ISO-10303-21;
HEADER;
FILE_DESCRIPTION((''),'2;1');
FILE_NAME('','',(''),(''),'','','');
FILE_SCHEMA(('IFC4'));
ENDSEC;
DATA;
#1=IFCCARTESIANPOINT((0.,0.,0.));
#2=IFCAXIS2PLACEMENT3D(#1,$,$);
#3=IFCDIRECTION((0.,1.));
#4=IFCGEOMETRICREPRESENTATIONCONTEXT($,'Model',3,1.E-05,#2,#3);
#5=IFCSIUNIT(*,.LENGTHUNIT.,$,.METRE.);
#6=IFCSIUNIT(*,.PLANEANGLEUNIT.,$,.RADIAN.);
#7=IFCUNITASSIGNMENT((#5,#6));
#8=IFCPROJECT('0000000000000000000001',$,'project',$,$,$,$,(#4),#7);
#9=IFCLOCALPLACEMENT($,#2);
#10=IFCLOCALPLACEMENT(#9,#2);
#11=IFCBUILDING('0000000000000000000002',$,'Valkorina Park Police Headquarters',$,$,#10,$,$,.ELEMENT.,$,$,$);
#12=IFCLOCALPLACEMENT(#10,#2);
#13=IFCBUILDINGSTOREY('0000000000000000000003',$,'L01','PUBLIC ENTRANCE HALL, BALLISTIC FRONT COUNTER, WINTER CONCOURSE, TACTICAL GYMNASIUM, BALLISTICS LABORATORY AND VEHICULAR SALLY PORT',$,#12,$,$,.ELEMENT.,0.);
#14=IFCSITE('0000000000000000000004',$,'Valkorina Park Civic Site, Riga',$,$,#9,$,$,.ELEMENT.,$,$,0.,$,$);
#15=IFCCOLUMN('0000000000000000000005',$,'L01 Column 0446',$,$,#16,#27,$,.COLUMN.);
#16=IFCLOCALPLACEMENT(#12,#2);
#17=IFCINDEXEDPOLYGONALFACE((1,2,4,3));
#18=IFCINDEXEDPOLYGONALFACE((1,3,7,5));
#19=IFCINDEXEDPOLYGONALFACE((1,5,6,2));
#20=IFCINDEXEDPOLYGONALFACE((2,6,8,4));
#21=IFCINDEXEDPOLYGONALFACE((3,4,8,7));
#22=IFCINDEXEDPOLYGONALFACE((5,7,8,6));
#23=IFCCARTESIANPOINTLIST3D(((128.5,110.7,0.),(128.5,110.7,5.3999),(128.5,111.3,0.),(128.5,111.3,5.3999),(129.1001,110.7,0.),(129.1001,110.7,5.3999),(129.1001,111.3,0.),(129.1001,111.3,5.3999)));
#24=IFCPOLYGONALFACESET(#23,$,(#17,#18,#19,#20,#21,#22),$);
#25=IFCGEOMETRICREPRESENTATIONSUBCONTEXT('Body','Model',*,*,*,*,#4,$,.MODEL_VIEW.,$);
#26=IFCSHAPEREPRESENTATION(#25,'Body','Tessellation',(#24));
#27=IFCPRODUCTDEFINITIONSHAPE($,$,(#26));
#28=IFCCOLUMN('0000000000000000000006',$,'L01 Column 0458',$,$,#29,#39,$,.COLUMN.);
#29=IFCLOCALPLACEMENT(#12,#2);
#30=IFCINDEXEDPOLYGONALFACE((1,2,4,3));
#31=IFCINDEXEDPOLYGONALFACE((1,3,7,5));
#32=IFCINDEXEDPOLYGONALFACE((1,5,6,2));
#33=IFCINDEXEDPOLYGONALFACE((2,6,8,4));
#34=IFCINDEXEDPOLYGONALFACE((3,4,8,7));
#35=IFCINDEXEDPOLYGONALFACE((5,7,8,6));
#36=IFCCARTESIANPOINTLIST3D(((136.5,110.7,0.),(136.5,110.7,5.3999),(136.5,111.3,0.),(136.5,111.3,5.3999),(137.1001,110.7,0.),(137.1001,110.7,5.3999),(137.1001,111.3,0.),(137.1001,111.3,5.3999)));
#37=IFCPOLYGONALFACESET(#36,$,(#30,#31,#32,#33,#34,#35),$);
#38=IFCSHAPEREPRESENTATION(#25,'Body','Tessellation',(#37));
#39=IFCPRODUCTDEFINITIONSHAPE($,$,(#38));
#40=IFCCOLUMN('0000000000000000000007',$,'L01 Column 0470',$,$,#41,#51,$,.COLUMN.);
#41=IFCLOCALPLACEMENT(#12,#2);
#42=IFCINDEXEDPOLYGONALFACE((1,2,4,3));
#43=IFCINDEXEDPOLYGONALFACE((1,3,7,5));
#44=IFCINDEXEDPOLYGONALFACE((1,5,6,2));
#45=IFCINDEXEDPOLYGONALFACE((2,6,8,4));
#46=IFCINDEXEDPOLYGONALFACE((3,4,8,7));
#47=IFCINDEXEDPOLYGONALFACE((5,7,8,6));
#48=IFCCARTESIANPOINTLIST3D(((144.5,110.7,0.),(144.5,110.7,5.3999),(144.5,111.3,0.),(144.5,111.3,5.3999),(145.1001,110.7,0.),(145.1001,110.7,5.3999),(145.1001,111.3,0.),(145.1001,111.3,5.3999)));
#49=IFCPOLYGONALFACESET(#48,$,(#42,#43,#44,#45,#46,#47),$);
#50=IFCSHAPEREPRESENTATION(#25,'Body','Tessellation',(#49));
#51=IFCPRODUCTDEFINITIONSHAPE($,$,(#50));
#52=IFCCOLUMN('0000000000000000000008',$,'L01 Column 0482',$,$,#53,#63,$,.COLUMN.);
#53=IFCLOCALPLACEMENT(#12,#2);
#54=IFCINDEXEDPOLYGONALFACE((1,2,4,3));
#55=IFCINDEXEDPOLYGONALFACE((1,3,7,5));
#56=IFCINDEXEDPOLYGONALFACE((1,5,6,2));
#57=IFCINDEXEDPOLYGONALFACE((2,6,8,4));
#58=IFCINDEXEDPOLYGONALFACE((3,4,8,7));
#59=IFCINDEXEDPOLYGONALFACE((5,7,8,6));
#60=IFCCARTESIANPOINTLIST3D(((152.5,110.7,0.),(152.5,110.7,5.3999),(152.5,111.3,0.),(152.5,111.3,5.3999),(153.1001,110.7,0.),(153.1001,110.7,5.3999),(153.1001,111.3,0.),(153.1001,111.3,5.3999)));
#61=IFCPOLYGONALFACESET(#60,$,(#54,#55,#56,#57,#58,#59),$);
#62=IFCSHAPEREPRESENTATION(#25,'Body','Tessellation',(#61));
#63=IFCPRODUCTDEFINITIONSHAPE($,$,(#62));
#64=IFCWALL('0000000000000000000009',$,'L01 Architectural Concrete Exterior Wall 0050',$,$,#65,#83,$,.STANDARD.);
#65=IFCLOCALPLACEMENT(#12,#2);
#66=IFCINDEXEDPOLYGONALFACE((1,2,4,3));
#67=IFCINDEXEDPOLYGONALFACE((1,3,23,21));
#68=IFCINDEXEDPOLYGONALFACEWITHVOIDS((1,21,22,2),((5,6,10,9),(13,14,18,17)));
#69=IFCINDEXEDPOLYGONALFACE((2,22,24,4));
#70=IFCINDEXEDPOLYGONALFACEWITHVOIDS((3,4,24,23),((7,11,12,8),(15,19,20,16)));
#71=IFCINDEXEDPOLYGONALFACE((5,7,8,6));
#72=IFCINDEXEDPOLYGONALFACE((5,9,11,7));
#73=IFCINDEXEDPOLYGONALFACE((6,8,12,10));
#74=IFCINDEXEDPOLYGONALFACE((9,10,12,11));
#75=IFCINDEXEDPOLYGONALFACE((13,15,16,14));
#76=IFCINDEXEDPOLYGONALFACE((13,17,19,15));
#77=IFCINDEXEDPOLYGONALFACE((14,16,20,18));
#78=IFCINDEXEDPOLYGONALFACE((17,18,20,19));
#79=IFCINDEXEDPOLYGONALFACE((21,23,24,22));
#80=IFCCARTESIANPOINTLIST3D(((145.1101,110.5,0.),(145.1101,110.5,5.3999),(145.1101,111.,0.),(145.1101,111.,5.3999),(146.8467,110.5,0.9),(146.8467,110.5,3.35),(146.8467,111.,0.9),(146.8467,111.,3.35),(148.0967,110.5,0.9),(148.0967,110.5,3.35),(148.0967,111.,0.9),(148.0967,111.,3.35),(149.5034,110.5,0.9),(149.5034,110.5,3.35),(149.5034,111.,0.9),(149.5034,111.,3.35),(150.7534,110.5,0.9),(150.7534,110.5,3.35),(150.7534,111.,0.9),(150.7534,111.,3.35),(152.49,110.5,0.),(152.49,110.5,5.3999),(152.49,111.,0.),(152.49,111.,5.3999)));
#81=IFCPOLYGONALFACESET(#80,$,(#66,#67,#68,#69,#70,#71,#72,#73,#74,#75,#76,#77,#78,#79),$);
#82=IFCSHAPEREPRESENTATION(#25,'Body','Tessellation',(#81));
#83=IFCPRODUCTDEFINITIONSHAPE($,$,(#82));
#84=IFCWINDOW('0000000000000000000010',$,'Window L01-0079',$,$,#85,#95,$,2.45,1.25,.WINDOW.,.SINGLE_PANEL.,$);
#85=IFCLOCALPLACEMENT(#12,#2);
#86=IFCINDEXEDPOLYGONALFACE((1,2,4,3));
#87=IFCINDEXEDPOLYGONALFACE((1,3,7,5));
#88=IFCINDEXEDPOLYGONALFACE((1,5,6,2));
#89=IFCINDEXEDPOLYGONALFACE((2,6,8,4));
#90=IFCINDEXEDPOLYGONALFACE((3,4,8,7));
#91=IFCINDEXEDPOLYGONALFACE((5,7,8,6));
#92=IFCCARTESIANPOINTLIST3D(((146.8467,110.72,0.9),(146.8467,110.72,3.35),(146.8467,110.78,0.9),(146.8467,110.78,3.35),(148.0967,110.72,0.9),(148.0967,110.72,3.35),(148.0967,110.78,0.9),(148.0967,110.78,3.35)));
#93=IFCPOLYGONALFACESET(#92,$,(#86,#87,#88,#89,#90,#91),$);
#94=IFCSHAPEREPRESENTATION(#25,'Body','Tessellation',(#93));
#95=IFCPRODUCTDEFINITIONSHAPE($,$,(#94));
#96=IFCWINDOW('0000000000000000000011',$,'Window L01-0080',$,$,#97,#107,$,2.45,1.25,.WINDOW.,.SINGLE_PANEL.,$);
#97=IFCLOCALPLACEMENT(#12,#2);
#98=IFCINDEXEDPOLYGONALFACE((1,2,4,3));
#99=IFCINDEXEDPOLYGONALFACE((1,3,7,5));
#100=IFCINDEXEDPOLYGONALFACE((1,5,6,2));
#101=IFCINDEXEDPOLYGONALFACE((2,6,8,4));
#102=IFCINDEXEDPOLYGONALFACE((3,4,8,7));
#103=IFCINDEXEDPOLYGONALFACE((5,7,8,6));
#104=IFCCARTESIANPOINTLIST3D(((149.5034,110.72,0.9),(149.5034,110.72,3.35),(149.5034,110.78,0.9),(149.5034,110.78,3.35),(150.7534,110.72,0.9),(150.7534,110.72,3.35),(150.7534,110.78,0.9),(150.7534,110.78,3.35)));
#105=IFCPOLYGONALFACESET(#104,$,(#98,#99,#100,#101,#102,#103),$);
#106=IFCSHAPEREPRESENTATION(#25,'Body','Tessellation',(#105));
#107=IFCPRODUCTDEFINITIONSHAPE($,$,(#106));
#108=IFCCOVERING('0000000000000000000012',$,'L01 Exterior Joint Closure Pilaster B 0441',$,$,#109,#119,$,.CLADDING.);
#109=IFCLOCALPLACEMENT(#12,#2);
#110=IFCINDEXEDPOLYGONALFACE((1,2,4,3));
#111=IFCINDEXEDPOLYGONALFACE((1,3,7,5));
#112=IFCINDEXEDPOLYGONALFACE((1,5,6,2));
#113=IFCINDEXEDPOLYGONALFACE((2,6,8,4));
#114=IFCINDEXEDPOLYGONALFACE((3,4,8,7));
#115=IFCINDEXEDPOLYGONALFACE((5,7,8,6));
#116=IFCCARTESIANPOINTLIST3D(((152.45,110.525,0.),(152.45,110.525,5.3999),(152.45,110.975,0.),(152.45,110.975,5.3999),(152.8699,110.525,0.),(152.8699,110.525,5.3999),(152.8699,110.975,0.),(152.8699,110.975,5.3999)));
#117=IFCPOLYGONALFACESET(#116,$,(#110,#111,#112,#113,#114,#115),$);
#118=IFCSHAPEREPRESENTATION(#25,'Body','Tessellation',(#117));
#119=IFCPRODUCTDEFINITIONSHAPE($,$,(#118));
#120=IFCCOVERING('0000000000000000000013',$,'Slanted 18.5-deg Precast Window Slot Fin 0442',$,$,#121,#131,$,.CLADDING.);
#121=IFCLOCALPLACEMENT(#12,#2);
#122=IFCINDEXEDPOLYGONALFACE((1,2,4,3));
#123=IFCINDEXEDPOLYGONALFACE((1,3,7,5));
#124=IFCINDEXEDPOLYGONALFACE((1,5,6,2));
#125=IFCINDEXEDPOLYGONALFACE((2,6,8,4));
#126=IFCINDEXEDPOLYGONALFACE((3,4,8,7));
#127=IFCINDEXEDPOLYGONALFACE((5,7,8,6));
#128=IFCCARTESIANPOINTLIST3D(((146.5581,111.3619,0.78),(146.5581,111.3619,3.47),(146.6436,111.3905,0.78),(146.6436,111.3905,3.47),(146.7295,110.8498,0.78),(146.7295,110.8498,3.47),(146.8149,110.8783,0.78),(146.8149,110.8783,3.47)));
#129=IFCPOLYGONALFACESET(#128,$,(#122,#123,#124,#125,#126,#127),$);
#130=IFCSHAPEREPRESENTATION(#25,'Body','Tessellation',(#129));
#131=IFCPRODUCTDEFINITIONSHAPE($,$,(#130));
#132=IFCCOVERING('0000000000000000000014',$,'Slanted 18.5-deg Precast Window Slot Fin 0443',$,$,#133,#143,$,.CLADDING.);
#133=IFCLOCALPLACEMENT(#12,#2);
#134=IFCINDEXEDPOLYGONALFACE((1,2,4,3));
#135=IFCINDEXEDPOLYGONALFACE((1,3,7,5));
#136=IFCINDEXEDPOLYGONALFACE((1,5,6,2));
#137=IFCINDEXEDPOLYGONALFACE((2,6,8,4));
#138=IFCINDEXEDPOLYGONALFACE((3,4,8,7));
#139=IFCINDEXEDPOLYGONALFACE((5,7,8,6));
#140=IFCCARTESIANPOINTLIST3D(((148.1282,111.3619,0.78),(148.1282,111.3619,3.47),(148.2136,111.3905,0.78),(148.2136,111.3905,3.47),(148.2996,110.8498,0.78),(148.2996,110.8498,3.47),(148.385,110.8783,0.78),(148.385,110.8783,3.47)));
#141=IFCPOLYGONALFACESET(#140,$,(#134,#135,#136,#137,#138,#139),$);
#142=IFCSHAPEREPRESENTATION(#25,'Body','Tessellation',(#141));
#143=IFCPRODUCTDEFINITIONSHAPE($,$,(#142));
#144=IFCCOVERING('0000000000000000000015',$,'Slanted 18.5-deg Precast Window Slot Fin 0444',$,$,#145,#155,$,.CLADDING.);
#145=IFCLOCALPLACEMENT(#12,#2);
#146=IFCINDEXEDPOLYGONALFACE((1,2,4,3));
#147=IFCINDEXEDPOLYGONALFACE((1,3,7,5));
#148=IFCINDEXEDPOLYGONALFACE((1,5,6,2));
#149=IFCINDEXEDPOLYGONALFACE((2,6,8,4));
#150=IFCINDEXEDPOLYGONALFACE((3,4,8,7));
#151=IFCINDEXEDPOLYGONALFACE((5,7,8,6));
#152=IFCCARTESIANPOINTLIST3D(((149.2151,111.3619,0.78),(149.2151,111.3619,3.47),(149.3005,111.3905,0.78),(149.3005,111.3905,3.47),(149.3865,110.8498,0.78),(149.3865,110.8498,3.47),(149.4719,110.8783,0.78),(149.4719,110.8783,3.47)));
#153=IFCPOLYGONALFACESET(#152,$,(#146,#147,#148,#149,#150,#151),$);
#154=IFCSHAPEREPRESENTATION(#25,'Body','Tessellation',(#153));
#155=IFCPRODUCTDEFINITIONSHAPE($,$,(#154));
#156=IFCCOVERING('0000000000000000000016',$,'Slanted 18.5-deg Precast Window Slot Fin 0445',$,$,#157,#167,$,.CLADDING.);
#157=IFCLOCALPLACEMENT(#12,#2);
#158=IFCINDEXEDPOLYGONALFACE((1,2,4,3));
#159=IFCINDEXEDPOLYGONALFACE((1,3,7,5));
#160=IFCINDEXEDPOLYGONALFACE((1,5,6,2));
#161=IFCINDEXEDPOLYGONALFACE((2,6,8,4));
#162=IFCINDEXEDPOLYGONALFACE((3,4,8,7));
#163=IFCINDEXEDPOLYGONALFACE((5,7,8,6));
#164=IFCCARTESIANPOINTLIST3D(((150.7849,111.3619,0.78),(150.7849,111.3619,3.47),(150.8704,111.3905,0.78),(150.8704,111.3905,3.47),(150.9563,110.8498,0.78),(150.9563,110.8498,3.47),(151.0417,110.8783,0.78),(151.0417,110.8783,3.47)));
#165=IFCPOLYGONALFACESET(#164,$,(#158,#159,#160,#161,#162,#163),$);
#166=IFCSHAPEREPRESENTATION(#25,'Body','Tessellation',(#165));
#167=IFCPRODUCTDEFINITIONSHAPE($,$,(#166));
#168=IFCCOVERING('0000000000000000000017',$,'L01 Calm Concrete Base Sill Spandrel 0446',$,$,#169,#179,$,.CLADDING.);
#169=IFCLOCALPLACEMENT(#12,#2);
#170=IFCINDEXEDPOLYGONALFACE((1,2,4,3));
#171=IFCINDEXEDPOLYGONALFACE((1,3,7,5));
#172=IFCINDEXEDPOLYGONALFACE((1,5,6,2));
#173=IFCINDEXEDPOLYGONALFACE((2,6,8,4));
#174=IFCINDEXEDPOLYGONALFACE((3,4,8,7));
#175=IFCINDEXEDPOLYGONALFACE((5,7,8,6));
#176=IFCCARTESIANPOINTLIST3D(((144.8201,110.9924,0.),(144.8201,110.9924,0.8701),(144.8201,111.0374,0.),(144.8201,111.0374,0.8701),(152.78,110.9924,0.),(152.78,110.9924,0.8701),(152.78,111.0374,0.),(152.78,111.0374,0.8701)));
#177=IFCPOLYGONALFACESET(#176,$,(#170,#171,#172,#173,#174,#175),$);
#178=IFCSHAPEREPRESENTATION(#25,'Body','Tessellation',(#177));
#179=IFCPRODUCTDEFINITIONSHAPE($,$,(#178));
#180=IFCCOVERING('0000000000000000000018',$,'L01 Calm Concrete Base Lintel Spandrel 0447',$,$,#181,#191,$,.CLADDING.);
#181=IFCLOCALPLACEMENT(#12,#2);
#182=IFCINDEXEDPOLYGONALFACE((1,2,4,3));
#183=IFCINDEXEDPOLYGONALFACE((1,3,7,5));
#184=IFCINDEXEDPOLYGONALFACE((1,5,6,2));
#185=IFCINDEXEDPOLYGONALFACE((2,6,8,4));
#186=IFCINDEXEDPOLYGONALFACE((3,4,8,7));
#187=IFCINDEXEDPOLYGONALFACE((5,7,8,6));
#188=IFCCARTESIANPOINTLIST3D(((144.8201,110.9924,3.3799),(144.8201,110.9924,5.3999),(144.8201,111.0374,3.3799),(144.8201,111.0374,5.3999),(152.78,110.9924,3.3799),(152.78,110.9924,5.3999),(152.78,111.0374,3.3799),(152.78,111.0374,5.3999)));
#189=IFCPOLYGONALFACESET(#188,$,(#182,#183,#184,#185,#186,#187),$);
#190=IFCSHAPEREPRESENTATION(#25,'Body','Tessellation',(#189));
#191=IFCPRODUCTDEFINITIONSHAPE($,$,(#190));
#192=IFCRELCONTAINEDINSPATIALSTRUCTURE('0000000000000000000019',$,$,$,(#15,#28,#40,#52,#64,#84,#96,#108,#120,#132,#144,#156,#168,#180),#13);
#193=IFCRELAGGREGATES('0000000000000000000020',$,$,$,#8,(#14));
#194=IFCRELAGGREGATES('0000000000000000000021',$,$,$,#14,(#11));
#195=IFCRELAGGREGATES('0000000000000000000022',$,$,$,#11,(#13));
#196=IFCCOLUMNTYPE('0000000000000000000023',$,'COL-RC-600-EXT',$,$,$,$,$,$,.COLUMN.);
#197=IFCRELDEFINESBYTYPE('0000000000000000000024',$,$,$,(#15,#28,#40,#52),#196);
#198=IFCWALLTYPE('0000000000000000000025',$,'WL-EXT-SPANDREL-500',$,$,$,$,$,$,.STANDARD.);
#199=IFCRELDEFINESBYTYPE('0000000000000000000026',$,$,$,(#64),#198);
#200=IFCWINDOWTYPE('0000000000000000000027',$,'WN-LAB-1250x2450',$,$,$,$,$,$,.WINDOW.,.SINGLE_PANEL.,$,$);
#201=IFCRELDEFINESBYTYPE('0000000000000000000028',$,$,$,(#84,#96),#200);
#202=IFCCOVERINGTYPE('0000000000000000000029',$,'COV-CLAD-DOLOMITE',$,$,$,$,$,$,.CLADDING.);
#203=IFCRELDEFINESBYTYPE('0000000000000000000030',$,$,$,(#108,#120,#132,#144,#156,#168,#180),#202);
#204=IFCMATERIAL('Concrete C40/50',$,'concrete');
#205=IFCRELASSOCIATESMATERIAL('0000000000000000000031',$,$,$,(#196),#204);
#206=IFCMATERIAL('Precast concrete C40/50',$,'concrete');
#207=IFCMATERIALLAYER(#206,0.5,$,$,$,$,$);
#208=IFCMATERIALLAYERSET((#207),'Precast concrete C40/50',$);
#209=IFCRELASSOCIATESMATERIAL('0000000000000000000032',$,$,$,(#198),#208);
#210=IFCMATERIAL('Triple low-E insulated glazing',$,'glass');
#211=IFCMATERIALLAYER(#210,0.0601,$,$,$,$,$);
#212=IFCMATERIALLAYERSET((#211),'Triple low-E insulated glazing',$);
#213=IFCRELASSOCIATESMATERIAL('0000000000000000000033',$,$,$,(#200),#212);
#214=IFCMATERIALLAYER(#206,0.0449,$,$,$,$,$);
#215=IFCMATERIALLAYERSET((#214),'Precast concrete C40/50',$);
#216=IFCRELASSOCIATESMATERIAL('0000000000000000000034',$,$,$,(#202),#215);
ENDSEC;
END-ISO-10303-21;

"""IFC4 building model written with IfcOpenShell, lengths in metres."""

from ifc_helpers import new_model, si_unit, direction, frame, frame_2d, origin, origin_2d, place, context, subcontext, project, spatial, rectangle, extrude, material, layer, layer_set, material_profile, profile_set, type_object, element, fill, save


model = new_model("IFC4")

# Units and contexts
model_context = context("Model", 3, precision=1e-05, world=origin(), true_north=direction((0.0, 1.0)))
body_context = subcontext(model_context, "Body", "Model", "MODEL_VIEW")
ifc_project = project(units=[si_unit("LENGTHUNIT", "METRE"), si_unit("PLANEANGLEUNIT", "RADIAN")], contexts=[model_context])

# Site, building, storey
site_placement = place(None, origin())
site = spatial("IfcSite", under=ifc_project, at=site_placement, Name="Valkorina Park Civic Site, Riga", CompositionType="ELEMENT", RefElevation=0.0)
building_placement = place(site_placement, origin())
building = spatial("IfcBuilding", under=site, at=building_placement, Name="Valkorina Park Police Headquarters", CompositionType="ELEMENT")
storey_placement = place(building_placement, origin())
storey = spatial("IfcBuildingStorey", under=building, at=storey_placement, Name="L01", Description="PUBLIC ENTRANCE HALL, BALLISTIC FRONT COUNTER, WINTER CONCOURSE, TACTICAL GYMNASIUM, BALLISTICS LABORATORY AND VEHICULAR SALLY PORT", CompositionType="ELEMENT", Elevation=0.0)

# Columns
ifc_material_1 = material(Name="Concrete C40/50", Category="concrete")
ifc_material_profile = material_profile(ifc_material_1, rectangle(XDim=0.6001, YDim=0.6001, at=origin_2d()), Name="RC COL 600x600")
ifc_profile_set = profile_set([ifc_material_profile], Name="Concrete C40/50")
column_type = type_object("IfcColumnType", Name="COL-RC-600-EXT", PredefinedType="COLUMN", material=ifc_profile_set)
for number, where, z_axis, x_axis, name in (
    (1, (128.8, 111.0, 0.0), (0.0, 0.0, 1.0), (1.0, 0.0, 0.0), "L01 Column 0446"),
    (2, (136.8, 111.0, 0.0), (0.0, 0.0, 1.0), (1.0, 0.0, 0.0), "L01 Column 0458"),
    (3, (144.8, 111.0, 0.0), (0.0, 0.0, 1.0), (1.0, 0.0, 0.0), "L01 Column 0470"),
    (4, (152.8, 111.0, 0.0), (0.0, 0.0, 1.0), (1.0, 0.0, 0.0), "L01 Column 0482"),
):
    element("IfcColumn", number, at=place(storey_placement, frame(where, z_axis=z_axis, x_axis=x_axis)), inside=storey, type_object=column_type, Name=name, PredefinedType="COLUMN", context=body_context, shape_type="SweptSolid", body=[
        extrude(rectangle(XDim=0.6001, YDim=0.6001, at=origin_2d()), origin(), (0.0, 0.0, 1.0), 5.3999),
    ])

# Wall, openings, windows
ifc_material_2 = material(Name="Precast concrete C40/50", Category="concrete")
ifc_layer_1 = layer(ifc_material_2, 0.5)
ifc_layer_set_1 = layer_set([ifc_layer_1], Name="Precast concrete C40/50")
wall_type = type_object("IfcWallType", Name="WL-EXT-SPANDREL-500", PredefinedType="STANDARD", material=ifc_layer_set_1)
wall_placement = place(storey_placement, frame((145.1101, 110.75, 0.0), z_axis=(0.0, 0.0, 1.0), x_axis=(1.0, 0.0, 0.0)))
wall = element("IfcWall", 5, at=wall_placement, inside=storey, type_object=wall_type, Name="L01 Architectural Concrete Exterior Wall 0050", PredefinedType="STANDARD", context=body_context, shape_type="SweptSolid", body=[
    extrude(rectangle(XDim=7.3799, YDim=0.5, at=frame_2d((3.6899, 0.0))), origin(), (0.0, 0.0, 1.0), 5.3999),
])
opening_1_placement = place(wall_placement, frame((1.7366, 0.0, 0.8999)))
opening_1 = element("IfcOpeningElement", 6, at=opening_1_placement, cuts=wall, PredefinedType="OPENING", context=body_context, shape_type="SweptSolid", body=[
    extrude(rectangle(XDim=1.25, YDim=2.45, at=frame_2d((0.625, 1.2251))), frame((0.0, 0.26, 0.0), z_axis=(0.0, -1.0, 0.0), x_axis=(1.0, 0.0, 0.0)), (0.0, 0.0, 1.0), 0.52),
])
opening_2_placement = place(wall_placement, frame((4.3933, 0.0, 0.8999)))
opening_2 = element("IfcOpeningElement", 7, at=opening_2_placement, cuts=wall, PredefinedType="OPENING", context=body_context, shape_type="SweptSolid", body=[
    extrude(rectangle(XDim=1.25, YDim=2.45, at=frame_2d((0.625, 1.2251))), frame((0.0, 0.26, 0.0), z_axis=(0.0, -1.0, 0.0), x_axis=(1.0, 0.0, 0.0)), (0.0, 0.0, 1.0), 0.52),
])
ifc_material_3 = material(Name="Triple low-E insulated glazing", Category="glass")
ifc_layer_2 = layer(ifc_material_3, 0.0601)
ifc_layer_set_2 = layer_set([ifc_layer_2], Name="Triple low-E insulated glazing")
window_type = type_object("IfcWindowType", Name="WN-LAB-1250x2450", PartitioningType="SINGLE_PANEL", PredefinedType="WINDOW", material=ifc_layer_set_2)
window_1_placement = place(opening_1_placement, origin())
window_1 = element("IfcWindow", 8, at=window_1_placement, inside=storey, type_object=window_type, Name="Window L01-0079", OverallHeight=2.45, OverallWidth=1.25, PartitioningType="SINGLE_PANEL", PredefinedType="WINDOW", context=body_context, shape_type="SweptSolid", body=[
    extrude(rectangle(XDim=1.25, YDim=2.45, at=frame_2d((0.625, 1.2251))), frame((0.0, 0.03, 0.0), z_axis=(0.0, -1.0, 0.0), x_axis=(1.0, 0.0, 0.0)), (0.0, 0.0, 1.0), 0.0601),
])
fill(opening_1, window_1)
window_2_placement = place(opening_2_placement, origin())
window_2 = element("IfcWindow", 9, at=window_2_placement, inside=storey, type_object=window_type, Name="Window L01-0080", OverallHeight=2.45, OverallWidth=1.25, PartitioningType="SINGLE_PANEL", PredefinedType="WINDOW", context=body_context, shape_type="SweptSolid", body=[
    extrude(rectangle(XDim=1.25, YDim=2.45, at=frame_2d((0.625, 1.2251))), frame((0.0, 0.03, 0.0), z_axis=(0.0, -1.0, 0.0), x_axis=(1.0, 0.0, 0.0)), (0.0, 0.0, 1.0), 0.0601),
])
fill(opening_2, window_2)

# Coverings
ifc_layer_3 = layer(ifc_material_2, 0.0449)
ifc_layer_set_3 = layer_set([ifc_layer_3], Name="Precast concrete C40/50")
covering_type = type_object("IfcCoveringType", Name="COV-CLAD-DOLOMITE", PredefinedType="CLADDING", material=ifc_layer_set_3)
covering_1_placement = place(storey_placement, frame((152.6599, 110.75, 0.0), z_axis=(0.0, 0.0, 1.0), x_axis=(1.0, 0.0, 0.0)))
element("IfcCovering", 10, at=covering_1_placement, inside=storey, type_object=covering_type, Name="L01 Exterior Joint Closure Pilaster B 0441", PredefinedType="CLADDING", context=body_context, shape_type="SweptSolid", body=[
    extrude(rectangle(XDim=0.4199, YDim=0.45, at=origin_2d()), origin(), (0.0, 0.0, 1.0), 5.3999),
])
for number, where, z_axis, x_axis, name in (
    (11, (146.6865, 111.1201, 0.78), (0.0, 0.0, 1.0), (-0.317305, 0.948324, 0.0), "Slanted 18.5-deg Precast Window Slot Fin 0442"),
    (12, (148.2566, 111.1201, 0.78), (0.0, 0.0, 1.0), (-0.317305, 0.948324, 0.0), "Slanted 18.5-deg Precast Window Slot Fin 0443"),
    (13, (149.3435, 111.1201, 0.78), (0.0, 0.0, 1.0), (-0.317305, 0.948324, 0.0), "Slanted 18.5-deg Precast Window Slot Fin 0444"),
    (14, (150.9133, 111.1201, 0.78), (0.0, 0.0, 1.0), (-0.317305, 0.948324, 0.0), "Slanted 18.5-deg Precast Window Slot Fin 0445"),
):
    element("IfcCovering", number, at=place(storey_placement, frame(where, z_axis=z_axis, x_axis=x_axis)), inside=storey, type_object=covering_type, Name=name, PredefinedType="CLADDING", context=body_context, shape_type="SweptSolid", body=[
        extrude(rectangle(XDim=0.54, YDim=0.0901, at=origin_2d()), origin(), (0.0, 0.0, 1.0), 2.6899),
    ])
covering_2_placement = place(storey_placement, frame((144.8201, 111.0149, 0.0), z_axis=(0.0, 0.0, 1.0), x_axis=(1.0, 0.0, 0.0)))
element("IfcCovering", 15, at=covering_2_placement, inside=storey, type_object=covering_type, Name="L01 Calm Concrete Base Sill Spandrel 0446", PredefinedType="CLADDING", context=body_context, shape_type="SweptSolid", body=[
    extrude(rectangle(XDim=7.96, YDim=0.0449, at=frame_2d((3.98, 0.0))), origin(), (0.0, 0.0, 1.0), 0.8701),
])
covering_3_placement = place(storey_placement, frame((144.8201, 111.0149, 3.3799), z_axis=(0.0, 0.0, 1.0), x_axis=(1.0, 0.0, 0.0)))
element("IfcCovering", 16, at=covering_3_placement, inside=storey, type_object=covering_type, Name="L01 Calm Concrete Base Lintel Spandrel 0447", PredefinedType="CLADDING", context=body_context, shape_type="SweptSolid", body=[
    extrude(rectangle(XDim=7.96, YDim=0.0449, at=frame_2d((3.98, 0.0))), origin(), (0.0, 0.0, 1.0), 2.02),
])

save(model, "model.ifc")
